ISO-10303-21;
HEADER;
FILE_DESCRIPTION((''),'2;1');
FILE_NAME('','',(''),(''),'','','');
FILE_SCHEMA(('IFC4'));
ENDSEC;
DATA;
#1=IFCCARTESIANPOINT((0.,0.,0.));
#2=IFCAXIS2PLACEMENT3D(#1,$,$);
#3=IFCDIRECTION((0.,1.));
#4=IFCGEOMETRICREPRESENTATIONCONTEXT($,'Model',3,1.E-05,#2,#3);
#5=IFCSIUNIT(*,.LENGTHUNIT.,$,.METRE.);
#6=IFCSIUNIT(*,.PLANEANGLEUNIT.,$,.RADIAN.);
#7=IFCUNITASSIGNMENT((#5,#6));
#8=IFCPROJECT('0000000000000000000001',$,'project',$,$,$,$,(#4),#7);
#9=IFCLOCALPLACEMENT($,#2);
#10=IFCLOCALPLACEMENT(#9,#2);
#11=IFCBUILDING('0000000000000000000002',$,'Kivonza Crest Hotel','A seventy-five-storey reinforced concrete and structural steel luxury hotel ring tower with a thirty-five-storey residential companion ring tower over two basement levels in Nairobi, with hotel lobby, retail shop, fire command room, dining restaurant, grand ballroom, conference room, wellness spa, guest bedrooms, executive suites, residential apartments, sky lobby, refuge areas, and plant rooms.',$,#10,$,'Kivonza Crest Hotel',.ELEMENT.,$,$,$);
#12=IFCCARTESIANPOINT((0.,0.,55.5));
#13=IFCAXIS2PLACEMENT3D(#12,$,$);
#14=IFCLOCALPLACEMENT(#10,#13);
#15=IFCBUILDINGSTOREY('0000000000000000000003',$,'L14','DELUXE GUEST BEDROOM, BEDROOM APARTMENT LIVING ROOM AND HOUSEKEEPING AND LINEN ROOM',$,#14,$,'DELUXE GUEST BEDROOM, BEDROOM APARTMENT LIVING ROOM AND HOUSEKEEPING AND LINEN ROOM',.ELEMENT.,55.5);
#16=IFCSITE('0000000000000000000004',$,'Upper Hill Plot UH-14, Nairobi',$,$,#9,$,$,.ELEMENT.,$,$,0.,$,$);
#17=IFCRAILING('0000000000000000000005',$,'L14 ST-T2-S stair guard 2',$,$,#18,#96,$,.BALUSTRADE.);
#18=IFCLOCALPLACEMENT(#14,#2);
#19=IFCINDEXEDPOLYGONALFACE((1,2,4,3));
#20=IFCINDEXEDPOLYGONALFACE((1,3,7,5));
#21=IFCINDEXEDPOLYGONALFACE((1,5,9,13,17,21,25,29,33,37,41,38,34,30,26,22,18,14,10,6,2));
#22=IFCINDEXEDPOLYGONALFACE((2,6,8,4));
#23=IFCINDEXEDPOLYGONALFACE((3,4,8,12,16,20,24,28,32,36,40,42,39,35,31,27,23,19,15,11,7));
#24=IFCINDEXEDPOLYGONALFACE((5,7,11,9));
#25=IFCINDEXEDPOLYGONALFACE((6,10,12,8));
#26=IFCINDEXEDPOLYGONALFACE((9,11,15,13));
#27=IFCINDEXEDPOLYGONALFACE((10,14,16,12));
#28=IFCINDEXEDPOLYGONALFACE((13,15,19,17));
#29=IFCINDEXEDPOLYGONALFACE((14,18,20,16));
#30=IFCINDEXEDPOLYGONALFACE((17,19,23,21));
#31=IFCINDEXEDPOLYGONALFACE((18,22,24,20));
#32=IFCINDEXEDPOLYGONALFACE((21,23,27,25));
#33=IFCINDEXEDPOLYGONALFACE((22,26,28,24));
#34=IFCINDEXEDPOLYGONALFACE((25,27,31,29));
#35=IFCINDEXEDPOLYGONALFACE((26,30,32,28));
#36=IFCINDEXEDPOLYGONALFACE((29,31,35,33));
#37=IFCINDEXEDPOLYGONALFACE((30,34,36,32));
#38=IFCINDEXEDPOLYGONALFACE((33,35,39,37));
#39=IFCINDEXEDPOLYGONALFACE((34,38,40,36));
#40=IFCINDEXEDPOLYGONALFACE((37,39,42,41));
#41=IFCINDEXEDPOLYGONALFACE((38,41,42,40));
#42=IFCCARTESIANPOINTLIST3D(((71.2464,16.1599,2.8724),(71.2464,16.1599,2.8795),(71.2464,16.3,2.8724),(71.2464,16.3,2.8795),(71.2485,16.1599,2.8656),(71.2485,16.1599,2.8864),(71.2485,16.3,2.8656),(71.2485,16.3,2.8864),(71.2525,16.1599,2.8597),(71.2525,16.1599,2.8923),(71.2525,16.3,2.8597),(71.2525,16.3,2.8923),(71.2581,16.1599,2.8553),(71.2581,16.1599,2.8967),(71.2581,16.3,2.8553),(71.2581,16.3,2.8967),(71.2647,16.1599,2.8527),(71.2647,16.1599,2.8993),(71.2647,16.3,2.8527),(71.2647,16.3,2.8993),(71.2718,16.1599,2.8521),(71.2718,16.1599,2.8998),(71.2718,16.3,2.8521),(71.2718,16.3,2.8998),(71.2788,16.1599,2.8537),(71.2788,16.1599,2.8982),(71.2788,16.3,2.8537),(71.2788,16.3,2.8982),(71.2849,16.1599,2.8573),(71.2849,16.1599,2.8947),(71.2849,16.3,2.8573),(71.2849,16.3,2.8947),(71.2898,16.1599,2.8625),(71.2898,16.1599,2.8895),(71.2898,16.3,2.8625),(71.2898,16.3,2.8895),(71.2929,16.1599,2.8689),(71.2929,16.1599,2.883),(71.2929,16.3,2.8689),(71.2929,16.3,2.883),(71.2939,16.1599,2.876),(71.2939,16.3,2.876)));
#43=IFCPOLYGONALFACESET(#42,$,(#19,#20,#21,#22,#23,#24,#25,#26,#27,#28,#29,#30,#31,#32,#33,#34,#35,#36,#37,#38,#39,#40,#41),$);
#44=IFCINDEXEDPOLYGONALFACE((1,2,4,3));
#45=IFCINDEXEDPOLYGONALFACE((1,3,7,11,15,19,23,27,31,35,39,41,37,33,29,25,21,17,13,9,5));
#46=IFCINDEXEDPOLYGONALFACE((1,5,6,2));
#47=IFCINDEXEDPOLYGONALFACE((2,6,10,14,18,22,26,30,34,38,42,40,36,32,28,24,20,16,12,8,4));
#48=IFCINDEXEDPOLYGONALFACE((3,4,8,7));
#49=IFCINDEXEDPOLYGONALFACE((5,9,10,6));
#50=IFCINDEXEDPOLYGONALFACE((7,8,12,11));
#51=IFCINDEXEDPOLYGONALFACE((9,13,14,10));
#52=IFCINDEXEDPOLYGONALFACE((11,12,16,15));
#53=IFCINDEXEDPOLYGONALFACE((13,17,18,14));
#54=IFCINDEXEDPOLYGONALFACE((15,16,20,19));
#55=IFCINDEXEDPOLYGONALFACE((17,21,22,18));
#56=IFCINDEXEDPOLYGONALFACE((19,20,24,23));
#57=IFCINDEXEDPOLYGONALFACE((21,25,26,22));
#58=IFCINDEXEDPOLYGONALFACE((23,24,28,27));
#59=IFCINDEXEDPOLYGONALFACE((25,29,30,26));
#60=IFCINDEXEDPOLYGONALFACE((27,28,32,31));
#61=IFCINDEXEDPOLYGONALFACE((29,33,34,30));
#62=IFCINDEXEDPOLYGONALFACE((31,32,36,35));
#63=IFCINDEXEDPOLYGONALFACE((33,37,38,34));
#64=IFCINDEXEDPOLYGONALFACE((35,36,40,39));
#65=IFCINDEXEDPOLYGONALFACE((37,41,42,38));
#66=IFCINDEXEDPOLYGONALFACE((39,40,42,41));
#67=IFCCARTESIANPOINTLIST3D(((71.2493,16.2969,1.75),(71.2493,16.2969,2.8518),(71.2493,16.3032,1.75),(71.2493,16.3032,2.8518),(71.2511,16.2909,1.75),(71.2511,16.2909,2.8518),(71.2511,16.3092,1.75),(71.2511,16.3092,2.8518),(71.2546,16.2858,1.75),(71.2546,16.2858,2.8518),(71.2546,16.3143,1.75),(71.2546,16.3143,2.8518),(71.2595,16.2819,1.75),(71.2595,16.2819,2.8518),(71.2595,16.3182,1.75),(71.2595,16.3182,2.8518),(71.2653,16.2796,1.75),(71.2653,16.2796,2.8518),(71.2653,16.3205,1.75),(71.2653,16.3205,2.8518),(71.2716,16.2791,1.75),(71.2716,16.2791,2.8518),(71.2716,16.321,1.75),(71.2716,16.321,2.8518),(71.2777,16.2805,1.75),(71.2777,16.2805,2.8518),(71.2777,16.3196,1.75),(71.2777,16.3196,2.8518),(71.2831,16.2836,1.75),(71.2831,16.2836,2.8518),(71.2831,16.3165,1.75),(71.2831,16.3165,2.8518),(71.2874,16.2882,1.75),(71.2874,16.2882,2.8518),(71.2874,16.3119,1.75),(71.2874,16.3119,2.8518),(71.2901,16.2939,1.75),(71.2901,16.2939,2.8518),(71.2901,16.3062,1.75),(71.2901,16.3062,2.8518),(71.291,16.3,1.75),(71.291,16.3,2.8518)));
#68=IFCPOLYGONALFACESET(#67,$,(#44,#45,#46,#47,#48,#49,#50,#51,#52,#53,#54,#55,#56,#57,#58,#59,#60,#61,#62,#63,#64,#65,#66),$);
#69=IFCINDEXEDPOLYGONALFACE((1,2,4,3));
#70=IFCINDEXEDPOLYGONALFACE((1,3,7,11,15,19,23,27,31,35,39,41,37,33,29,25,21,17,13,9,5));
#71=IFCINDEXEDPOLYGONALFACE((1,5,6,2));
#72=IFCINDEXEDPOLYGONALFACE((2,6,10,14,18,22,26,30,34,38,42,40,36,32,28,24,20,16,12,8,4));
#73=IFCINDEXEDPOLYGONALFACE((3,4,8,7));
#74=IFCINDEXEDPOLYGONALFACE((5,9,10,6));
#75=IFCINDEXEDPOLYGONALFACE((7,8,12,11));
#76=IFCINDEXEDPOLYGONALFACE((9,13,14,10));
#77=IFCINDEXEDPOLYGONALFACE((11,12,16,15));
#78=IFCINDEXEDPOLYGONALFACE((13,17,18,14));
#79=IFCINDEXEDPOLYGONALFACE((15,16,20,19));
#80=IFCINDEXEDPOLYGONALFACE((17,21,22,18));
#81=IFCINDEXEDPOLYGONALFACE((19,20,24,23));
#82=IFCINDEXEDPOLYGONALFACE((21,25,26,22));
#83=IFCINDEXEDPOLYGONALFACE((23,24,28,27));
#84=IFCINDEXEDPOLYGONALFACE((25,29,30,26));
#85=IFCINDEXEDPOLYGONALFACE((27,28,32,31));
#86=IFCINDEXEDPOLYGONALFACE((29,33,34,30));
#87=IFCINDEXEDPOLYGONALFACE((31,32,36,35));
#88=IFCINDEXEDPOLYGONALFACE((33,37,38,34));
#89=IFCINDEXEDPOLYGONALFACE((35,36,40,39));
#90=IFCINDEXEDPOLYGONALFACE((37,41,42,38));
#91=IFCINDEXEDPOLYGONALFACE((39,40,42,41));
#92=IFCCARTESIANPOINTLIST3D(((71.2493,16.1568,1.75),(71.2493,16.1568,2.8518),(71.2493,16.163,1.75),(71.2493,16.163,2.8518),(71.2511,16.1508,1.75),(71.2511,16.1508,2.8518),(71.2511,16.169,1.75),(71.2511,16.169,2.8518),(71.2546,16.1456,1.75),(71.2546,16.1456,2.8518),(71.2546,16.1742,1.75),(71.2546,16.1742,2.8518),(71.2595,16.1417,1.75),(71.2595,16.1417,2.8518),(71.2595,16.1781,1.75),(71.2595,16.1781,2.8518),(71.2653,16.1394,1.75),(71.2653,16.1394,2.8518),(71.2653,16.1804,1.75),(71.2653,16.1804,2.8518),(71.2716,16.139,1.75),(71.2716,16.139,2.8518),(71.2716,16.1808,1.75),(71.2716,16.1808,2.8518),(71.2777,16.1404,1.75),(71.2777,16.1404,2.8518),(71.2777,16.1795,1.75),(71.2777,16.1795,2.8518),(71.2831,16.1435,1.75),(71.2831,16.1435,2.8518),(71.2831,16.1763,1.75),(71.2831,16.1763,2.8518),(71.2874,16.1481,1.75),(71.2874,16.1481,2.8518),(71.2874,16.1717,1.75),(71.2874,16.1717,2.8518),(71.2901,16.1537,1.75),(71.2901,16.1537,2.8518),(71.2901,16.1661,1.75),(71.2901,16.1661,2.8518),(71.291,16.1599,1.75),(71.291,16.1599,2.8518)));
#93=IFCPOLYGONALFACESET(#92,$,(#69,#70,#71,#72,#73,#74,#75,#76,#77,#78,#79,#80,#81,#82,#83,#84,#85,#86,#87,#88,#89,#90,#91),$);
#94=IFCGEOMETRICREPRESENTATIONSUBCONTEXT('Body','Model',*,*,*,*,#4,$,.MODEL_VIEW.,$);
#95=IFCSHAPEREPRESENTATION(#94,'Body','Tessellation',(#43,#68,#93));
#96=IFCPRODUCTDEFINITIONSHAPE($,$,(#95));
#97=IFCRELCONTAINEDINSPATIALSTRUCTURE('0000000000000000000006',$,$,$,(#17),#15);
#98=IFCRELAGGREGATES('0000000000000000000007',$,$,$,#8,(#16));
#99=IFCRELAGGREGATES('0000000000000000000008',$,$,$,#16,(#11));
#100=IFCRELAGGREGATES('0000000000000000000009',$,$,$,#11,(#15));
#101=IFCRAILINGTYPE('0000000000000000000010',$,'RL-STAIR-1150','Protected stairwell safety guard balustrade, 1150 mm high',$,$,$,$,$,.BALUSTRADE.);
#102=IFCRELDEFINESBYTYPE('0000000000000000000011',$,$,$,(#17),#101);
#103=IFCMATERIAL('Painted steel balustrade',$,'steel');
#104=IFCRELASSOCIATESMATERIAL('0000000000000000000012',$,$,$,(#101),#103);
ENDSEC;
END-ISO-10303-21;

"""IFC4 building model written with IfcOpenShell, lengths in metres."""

from ifc_helpers import new_model, si_unit, direction, frame, origin, origin_2d, place, context, subcontext, project, spatial, circle, extrude, material, type_object, element, save


model = new_model("IFC4")

# Units and contexts
model_context = context("Model", 3, precision=1e-05, world=origin(), true_north=direction((0.0, 1.0)))
body_context = subcontext(model_context, "Body", "Model", "MODEL_VIEW")
ifc_project = project(units=[si_unit("LENGTHUNIT", "METRE"), si_unit("PLANEANGLEUNIT", "RADIAN")], contexts=[model_context])

# Site, building, storey
site_placement = place(None, origin())
site = spatial("IfcSite", under=ifc_project, at=site_placement, Name="Upper Hill Plot UH-14, Nairobi", CompositionType="ELEMENT", RefElevation=0.0)
building_placement = place(site_placement, origin())
building = spatial("IfcBuilding", under=site, at=building_placement, Name="Kivonza Crest Hotel", Description="A seventy-five-storey reinforced concrete and structural steel luxury hotel ring tower with a thirty-five-storey residential companion ring tower over two basement levels in Nairobi, with hotel lobby, retail shop, fire command room, dining restaurant, grand ballroom, conference room, wellness spa, guest bedrooms, executive suites, residential apartments, sky lobby, refuge areas, and plant rooms.", LongName="Kivonza Crest Hotel", CompositionType="ELEMENT")
storey_placement = place(building_placement, frame((0.0, 0.0, 55.5)))
storey = spatial("IfcBuildingStorey", under=building, at=storey_placement, Name="L14", Description="DELUXE GUEST BEDROOM, BEDROOM APARTMENT LIVING ROOM AND HOUSEKEEPING AND LINEN ROOM", LongName="DELUXE GUEST BEDROOM, BEDROOM APARTMENT LIVING ROOM AND HOUSEKEEPING AND LINEN ROOM", CompositionType="ELEMENT", Elevation=55.5)

# Railing
ifc_material_1 = material(Name="Painted steel balustrade", Category="steel")
railing_type_1 = type_object("IfcRailingType", Name="RL-STAIR-1150", Description="Protected stairwell safety guard balustrade, 1150 mm high", PredefinedType="BALUSTRADE", material=ifc_material_1)
railing_1_placement = place(storey_placement, frame((71.27, 16.3, 1.75)))
element("IfcRailing", 1, at=railing_1_placement, inside=storey, type_object=railing_type_1, Name="L14 ST-T2-S stair guard 2", PredefinedType="BALUSTRADE", context=body_context, shape_type="SweptSolid", body=[
    extrude(circle(Radius=0.0239, at=origin_2d()), frame((0.0, 0.0, 1.126), z_axis=(0.0, -1.0, 0.0), x_axis=(1.0, 0.0, 0.0)), (0.0, 0.0, 1.0), 0.1401),
    extrude(circle(Radius=0.021, at=origin_2d()), origin(), (0.0, 0.0, 1.0), 1.1018),
    extrude(circle(Radius=0.021, at=origin_2d()), frame((0.0, -0.1401, 0.0)), (0.0, 0.0, 1.0), 1.1018),
])

save(model, "model.ifc")
